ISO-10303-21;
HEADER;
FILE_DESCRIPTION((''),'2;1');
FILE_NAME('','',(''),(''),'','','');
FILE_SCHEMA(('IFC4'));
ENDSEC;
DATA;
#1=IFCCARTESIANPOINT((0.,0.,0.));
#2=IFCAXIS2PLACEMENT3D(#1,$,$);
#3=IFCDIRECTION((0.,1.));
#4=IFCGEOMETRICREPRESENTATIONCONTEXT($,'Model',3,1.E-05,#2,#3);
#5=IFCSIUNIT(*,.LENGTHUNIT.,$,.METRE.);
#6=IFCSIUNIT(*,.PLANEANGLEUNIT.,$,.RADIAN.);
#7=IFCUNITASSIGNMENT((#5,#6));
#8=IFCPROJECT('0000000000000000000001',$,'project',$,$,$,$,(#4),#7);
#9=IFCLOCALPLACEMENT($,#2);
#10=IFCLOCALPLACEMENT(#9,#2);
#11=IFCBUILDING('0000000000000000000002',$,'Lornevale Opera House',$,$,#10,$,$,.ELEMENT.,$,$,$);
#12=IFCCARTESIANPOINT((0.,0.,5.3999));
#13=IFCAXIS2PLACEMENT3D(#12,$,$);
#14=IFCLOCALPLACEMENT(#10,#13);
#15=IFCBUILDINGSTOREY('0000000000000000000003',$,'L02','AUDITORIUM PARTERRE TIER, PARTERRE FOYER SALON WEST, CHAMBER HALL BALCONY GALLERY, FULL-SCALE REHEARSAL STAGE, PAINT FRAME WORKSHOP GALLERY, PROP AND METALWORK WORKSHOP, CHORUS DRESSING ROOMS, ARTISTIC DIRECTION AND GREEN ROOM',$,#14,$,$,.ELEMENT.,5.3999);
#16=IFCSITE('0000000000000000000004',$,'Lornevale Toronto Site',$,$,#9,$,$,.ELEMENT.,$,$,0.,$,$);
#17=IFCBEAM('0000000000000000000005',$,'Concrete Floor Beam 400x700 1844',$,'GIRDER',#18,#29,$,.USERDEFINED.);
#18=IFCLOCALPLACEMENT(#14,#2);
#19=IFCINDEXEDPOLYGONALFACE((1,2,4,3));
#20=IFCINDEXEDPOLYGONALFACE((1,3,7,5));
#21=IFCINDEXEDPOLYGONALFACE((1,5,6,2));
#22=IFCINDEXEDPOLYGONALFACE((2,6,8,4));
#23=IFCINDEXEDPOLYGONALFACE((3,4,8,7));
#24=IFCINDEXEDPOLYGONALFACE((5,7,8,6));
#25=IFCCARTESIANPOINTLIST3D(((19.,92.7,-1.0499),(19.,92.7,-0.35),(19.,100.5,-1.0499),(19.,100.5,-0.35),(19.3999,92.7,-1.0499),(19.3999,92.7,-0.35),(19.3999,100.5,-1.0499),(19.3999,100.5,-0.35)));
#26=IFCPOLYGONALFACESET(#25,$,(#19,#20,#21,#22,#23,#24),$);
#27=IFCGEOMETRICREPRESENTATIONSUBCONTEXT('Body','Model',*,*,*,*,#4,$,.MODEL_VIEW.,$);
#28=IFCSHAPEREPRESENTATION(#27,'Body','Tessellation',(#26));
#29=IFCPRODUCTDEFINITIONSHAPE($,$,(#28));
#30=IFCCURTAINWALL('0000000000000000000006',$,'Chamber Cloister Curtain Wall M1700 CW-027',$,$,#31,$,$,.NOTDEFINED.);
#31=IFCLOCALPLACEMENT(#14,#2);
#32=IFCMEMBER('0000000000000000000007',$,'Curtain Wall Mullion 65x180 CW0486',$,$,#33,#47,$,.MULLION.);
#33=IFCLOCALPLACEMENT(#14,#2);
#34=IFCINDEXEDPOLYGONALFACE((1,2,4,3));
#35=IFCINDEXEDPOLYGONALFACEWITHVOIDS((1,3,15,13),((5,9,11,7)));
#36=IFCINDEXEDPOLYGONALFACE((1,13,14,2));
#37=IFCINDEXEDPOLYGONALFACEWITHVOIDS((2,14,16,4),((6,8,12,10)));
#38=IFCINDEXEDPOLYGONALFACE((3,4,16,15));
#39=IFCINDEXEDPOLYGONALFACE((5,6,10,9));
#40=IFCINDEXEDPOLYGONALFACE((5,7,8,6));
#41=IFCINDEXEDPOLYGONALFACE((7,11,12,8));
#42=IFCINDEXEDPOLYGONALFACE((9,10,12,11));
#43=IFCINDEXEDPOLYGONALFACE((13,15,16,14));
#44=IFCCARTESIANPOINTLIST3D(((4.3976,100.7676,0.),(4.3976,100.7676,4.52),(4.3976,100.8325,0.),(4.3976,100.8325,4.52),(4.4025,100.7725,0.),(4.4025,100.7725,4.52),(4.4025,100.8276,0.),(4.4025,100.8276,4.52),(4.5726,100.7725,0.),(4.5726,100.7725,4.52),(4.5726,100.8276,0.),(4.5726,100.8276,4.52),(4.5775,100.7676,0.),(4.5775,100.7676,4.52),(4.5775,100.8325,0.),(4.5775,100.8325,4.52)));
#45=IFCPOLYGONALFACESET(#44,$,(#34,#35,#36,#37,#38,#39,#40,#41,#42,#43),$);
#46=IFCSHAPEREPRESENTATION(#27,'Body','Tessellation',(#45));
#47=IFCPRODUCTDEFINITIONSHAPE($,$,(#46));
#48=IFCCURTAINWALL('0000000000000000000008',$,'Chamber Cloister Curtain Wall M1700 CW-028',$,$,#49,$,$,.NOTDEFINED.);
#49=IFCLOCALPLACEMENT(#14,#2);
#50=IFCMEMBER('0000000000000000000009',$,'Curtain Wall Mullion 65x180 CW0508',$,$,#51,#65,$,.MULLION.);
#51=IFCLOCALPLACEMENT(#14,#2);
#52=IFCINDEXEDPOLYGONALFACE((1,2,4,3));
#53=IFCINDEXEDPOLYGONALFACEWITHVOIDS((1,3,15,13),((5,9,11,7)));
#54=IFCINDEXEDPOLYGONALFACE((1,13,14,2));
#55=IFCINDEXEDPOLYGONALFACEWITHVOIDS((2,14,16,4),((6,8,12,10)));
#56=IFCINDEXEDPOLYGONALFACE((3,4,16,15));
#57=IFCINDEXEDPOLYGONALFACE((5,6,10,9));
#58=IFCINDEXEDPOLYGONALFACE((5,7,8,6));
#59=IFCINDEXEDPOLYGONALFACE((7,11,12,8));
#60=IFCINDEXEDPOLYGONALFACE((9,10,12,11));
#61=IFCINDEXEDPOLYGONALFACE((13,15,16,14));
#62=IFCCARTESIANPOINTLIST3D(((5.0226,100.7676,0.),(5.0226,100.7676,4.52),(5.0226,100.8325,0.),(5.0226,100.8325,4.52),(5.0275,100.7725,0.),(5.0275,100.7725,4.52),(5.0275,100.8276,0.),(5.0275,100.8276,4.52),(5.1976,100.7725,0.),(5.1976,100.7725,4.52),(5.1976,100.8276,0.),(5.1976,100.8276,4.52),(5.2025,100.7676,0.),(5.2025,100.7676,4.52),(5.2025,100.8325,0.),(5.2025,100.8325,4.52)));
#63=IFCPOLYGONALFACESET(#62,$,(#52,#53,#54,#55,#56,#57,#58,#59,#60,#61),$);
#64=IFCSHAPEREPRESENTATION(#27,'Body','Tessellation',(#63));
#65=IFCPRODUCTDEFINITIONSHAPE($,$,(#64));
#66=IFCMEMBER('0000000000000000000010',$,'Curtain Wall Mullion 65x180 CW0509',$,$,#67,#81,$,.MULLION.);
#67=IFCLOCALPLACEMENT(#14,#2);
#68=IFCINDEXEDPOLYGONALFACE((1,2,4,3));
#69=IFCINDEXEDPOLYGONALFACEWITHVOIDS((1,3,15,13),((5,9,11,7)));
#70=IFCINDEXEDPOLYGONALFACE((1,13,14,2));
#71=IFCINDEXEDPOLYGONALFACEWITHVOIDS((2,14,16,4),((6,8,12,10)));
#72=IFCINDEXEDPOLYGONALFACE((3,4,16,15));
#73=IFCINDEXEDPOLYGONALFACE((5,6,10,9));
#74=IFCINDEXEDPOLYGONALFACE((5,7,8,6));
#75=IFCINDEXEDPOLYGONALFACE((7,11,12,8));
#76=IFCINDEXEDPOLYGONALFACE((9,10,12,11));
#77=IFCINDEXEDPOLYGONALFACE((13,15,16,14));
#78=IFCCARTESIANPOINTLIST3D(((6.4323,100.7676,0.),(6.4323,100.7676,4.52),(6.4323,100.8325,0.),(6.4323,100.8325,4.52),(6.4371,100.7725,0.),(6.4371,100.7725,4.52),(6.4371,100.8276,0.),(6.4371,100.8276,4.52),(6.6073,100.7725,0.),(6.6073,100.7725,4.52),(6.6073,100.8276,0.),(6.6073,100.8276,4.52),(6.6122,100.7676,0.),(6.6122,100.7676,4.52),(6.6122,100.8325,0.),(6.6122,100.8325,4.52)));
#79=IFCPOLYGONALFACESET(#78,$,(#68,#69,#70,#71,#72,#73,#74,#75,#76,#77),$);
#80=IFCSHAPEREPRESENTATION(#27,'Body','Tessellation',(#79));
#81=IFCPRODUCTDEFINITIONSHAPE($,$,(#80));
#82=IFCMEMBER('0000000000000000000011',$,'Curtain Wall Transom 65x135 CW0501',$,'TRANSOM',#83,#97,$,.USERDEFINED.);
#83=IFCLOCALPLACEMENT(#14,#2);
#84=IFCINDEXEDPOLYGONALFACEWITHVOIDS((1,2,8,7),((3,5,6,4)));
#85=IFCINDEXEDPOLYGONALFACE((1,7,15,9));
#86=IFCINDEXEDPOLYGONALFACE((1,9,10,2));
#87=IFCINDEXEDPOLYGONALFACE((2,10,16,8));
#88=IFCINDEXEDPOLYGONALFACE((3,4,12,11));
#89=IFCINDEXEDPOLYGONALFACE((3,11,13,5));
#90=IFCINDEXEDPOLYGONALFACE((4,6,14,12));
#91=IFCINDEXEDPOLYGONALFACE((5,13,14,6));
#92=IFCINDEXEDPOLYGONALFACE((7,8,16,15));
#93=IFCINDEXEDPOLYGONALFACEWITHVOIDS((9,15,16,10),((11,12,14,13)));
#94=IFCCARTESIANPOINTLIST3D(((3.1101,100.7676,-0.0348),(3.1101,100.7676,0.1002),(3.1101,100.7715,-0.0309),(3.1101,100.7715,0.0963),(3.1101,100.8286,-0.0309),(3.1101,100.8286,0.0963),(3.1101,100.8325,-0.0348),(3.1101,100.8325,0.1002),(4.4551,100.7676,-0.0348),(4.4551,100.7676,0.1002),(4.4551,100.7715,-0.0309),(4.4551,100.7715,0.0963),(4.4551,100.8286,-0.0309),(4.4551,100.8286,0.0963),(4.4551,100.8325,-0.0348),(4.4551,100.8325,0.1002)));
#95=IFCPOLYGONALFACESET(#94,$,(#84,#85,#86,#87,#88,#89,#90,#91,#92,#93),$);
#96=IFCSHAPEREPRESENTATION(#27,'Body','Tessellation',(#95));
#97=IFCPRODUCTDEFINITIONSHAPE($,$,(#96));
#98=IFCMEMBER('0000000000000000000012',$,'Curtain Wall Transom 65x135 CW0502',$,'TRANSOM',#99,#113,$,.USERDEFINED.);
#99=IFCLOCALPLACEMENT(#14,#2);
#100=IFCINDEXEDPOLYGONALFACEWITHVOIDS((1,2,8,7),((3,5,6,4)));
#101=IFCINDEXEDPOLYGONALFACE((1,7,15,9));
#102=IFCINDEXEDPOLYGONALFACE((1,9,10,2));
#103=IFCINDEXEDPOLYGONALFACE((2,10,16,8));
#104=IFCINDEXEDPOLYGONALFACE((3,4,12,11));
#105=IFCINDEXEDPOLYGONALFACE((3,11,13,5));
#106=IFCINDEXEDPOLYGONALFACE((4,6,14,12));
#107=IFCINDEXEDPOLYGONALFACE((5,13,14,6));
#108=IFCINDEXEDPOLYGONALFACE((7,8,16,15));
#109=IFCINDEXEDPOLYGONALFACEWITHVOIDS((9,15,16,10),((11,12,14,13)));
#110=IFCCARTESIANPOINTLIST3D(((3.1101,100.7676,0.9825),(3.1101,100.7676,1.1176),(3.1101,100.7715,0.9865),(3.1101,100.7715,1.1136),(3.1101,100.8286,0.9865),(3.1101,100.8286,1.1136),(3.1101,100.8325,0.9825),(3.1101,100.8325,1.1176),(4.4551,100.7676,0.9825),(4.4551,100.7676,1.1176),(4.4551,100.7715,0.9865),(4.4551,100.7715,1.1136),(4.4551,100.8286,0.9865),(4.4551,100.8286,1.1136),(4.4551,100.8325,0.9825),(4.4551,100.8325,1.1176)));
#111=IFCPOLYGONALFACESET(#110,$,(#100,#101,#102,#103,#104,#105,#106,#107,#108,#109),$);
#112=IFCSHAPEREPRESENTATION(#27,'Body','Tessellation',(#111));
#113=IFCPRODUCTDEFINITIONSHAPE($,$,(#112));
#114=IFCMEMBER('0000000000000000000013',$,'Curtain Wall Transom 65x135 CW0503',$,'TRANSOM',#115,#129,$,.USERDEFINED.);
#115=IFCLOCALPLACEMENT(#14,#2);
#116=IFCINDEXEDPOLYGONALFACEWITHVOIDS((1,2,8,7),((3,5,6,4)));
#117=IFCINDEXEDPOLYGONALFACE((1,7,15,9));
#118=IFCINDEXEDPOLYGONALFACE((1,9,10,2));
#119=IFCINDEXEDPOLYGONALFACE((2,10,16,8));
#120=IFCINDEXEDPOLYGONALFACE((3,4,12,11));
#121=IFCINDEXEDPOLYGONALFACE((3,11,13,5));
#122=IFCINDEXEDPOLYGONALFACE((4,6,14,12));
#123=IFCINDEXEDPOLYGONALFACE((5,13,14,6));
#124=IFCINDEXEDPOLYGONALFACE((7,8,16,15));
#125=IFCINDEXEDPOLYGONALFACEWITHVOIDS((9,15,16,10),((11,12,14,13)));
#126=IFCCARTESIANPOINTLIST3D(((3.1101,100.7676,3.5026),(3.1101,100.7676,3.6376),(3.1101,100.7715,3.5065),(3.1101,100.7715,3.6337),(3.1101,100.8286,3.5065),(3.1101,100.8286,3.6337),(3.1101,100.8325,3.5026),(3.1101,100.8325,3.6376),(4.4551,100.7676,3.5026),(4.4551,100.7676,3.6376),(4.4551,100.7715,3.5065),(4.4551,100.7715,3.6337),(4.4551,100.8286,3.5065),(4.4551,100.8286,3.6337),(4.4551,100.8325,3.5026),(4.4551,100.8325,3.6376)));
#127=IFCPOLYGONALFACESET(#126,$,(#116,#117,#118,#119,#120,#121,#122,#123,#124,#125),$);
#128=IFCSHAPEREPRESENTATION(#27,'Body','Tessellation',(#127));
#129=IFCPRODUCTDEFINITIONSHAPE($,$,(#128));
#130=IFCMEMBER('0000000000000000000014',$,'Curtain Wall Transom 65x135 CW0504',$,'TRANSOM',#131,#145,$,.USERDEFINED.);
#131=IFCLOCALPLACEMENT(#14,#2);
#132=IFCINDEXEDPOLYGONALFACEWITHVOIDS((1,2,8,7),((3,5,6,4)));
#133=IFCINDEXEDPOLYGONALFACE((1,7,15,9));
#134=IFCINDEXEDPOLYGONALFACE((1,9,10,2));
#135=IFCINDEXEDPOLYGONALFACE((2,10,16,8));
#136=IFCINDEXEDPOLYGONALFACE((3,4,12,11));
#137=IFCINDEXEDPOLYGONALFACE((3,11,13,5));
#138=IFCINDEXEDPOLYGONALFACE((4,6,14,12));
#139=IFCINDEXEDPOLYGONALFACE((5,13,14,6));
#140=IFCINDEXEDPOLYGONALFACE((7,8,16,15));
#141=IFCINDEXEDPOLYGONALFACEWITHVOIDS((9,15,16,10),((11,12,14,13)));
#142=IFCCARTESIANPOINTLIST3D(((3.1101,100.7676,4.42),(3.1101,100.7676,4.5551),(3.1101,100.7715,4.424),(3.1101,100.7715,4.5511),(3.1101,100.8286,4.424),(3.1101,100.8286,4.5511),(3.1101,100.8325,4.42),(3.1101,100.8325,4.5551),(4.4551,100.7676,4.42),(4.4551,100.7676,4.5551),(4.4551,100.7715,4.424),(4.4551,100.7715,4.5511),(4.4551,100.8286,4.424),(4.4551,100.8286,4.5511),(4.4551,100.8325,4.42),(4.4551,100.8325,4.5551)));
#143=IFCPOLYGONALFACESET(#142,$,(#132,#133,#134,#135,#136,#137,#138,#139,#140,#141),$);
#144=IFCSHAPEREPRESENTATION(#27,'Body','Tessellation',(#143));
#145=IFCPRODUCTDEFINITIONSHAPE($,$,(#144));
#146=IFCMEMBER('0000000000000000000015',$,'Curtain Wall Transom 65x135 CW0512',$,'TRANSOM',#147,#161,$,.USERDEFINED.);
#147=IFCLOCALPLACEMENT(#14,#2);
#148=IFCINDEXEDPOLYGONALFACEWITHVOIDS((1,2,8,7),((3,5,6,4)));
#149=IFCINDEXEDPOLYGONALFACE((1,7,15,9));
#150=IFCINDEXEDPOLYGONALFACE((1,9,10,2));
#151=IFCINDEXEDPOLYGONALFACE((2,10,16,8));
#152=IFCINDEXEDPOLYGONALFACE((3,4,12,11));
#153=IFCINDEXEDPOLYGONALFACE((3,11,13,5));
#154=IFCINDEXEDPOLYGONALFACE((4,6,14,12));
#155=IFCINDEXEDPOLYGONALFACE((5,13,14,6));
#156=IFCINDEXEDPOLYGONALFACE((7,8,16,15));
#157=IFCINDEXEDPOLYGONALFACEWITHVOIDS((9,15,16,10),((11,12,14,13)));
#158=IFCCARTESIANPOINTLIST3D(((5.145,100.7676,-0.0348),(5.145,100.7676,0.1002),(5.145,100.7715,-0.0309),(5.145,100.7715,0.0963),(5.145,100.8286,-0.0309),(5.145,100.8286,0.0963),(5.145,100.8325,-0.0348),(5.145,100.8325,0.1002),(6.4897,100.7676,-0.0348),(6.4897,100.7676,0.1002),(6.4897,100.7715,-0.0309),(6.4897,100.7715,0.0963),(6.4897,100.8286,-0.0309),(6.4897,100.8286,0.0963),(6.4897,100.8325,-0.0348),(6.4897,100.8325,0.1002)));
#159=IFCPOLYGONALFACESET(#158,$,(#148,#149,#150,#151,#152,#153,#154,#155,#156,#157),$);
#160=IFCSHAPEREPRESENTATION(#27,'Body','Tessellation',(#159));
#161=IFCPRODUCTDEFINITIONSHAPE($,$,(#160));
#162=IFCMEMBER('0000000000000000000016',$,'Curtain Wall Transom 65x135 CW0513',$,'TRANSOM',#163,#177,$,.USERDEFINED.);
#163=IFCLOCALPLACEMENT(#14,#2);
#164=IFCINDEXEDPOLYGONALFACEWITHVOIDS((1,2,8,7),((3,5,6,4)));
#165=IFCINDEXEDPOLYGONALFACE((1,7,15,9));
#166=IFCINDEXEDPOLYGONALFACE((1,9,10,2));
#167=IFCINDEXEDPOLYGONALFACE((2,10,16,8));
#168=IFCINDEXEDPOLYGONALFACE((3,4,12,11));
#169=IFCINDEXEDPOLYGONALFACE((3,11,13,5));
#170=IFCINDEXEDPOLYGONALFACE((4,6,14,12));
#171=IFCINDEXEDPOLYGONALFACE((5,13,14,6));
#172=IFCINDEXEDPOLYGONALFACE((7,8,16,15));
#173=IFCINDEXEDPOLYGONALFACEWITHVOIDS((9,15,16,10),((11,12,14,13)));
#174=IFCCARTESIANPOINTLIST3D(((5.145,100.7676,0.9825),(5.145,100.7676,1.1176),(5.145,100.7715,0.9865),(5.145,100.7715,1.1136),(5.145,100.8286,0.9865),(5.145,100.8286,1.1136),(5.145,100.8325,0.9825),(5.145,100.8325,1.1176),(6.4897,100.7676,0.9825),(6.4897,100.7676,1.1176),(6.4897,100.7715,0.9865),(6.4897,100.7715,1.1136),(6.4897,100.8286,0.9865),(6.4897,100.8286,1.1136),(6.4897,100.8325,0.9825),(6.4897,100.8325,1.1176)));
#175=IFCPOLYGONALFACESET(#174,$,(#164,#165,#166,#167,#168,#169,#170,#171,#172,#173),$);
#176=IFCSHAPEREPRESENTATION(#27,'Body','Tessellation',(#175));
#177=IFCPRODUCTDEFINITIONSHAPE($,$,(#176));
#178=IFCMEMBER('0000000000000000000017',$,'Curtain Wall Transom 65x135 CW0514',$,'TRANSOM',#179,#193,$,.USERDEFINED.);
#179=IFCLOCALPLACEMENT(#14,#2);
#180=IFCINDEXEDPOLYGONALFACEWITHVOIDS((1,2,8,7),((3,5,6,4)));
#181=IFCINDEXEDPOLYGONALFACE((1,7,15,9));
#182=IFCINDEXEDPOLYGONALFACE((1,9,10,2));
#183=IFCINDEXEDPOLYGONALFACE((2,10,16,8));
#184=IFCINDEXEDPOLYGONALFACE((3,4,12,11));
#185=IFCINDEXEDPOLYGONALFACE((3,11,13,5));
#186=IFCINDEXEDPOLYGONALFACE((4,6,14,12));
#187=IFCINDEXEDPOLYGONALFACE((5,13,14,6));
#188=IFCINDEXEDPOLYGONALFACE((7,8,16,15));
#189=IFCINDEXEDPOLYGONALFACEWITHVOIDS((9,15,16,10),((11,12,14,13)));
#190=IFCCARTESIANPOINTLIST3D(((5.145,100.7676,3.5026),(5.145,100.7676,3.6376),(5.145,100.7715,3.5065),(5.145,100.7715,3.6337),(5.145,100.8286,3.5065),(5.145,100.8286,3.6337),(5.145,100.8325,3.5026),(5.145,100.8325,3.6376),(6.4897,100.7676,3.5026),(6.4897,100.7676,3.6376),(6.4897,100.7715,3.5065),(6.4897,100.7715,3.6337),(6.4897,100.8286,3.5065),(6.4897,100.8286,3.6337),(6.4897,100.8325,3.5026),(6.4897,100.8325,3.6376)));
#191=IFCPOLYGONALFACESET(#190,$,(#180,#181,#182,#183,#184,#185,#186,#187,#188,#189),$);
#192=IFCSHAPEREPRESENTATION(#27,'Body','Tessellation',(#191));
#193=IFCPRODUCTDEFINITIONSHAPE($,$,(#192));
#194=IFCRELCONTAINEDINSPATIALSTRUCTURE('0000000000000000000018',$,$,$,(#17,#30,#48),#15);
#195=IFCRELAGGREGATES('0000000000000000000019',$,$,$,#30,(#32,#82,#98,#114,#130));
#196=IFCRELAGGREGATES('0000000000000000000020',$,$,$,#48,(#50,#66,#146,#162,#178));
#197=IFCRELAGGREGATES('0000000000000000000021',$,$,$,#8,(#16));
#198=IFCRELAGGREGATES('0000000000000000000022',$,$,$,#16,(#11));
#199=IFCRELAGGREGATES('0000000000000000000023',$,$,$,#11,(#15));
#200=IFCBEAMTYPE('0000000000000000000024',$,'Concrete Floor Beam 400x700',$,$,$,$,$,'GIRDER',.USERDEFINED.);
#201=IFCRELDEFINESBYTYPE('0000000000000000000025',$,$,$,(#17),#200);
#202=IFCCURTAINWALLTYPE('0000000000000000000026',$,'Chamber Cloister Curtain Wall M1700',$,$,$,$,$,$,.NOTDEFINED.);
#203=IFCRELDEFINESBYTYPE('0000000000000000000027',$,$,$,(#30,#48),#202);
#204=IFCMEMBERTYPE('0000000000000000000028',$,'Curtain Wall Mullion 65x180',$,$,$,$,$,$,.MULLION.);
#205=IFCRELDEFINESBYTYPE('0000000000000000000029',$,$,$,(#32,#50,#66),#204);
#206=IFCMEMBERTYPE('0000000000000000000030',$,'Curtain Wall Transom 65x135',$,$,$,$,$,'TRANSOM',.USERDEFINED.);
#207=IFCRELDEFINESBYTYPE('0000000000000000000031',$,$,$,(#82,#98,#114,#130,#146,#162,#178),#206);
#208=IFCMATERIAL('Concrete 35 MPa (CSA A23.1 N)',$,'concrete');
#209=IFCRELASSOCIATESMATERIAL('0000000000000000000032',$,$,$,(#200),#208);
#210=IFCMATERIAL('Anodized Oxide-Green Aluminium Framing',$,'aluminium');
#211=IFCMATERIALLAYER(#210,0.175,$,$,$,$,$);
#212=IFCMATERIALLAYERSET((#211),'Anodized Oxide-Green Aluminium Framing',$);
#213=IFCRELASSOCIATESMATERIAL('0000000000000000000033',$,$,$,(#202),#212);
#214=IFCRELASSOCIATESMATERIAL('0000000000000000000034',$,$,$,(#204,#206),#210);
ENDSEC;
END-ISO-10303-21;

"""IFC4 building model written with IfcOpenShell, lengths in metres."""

from ifc_helpers import new_model, si_unit, direction, frame, origin, origin_2d, place, context, subcontext, project, spatial, rectangle, hollow_rectangle, extrude, material, layer, layer_set, material_profile, profile_set, type_object, element, aggregate, save


model = new_model("IFC4")

# Units and contexts
model_context = context("Model", 3, precision=1e-05, world=origin(), true_north=direction((0.0, 1.0)))
body_context = subcontext(model_context, "Body", "Model", "MODEL_VIEW")
ifc_project = project(units=[si_unit("LENGTHUNIT", "METRE"), si_unit("PLANEANGLEUNIT", "RADIAN")], contexts=[model_context])

# Site, building, storey
site_placement = place(None, origin())
site = spatial("IfcSite", under=ifc_project, at=site_placement, Name="Lornevale Toronto Site", CompositionType="ELEMENT", RefElevation=0.0)
building_placement = place(site_placement, origin())
building = spatial("IfcBuilding", under=site, at=building_placement, Name="Lornevale Opera House", CompositionType="ELEMENT")
storey_placement = place(building_placement, frame((0.0, 0.0, 5.3999)))
storey = spatial("IfcBuildingStorey", under=building, at=storey_placement, Name="L02", Description="AUDITORIUM PARTERRE TIER, PARTERRE FOYER SALON WEST, CHAMBER HALL BALCONY GALLERY, FULL-SCALE REHEARSAL STAGE, PAINT FRAME WORKSHOP GALLERY, PROP AND METALWORK WORKSHOP, CHORUS DRESSING ROOMS, ARTISTIC DIRECTION AND GREEN ROOM", CompositionType="ELEMENT", Elevation=5.3999)

# Beam
ifc_material_1 = material(Name="Concrete 35 MPa (CSA A23.1 N)", Category="concrete")
ifc_material_profile_1 = material_profile(ifc_material_1, rectangle(XDim=0.3999, YDim=0.7, at=origin_2d()), Name="RC400x700")
ifc_profile_set_1 = profile_set([ifc_material_profile_1], Name="Concrete 35 MPa (CSA A23.1 N)")
beam_type_1 = type_object("IfcBeamType", Name="Concrete Floor Beam 400x700", ElementType="GIRDER", PredefinedType="USERDEFINED", material=ifc_profile_set_1)
beam_1_placement = place(storey_placement, frame((19.2, 92.7, -0.7), z_axis=(0.0, 1.0, 0.0), x_axis=(-1.0, 0.0, 0.0)))
element("IfcBeam", 1, at=beam_1_placement, inside=storey, type_object=beam_type_1, Name="Concrete Floor Beam 400x700 1844", ObjectType="GIRDER", PredefinedType="USERDEFINED", context=body_context, shape_type="SweptSolid", body=[
    extrude(rectangle(XDim=0.3999, YDim=0.7, at=origin_2d()), origin(), (0.0, 0.0, 1.0), 7.8),
])

# Curtain wall, member
ifc_material_2 = material(Name="Anodized Oxide-Green Aluminium Framing", Category="aluminium")
ifc_layer_1 = layer(ifc_material_2, 0.175)
ifc_layer_set_1 = layer_set([ifc_layer_1], Name="Anodized Oxide-Green Aluminium Framing")
curtain_wall_type = type_object("IfcCurtainWallType", Name="Chamber Cloister Curtain Wall M1700", PredefinedType="NOTDEFINED", material=ifc_layer_set_1)
curtain_wall_1_placement = place(storey_placement, origin())
curtain_wall_1 = element("IfcCurtainWall", 2, at=curtain_wall_1_placement, inside=storey, type_object=curtain_wall_type, Name="Chamber Cloister Curtain Wall M1700 CW-027", PredefinedType="NOTDEFINED")
ifc_material_profile_2 = material_profile(ifc_material_2, hollow_rectangle(XDim=0.0649, YDim=0.1799, WallThickness=0.0049, at=origin_2d()), Name="ALU65x180x5")
ifc_profile_set_2 = profile_set([ifc_material_profile_2], Name="Anodized Oxide-Green Aluminium Framing")
member_type_1 = type_object("IfcMemberType", Name="Curtain Wall Mullion 65x180", PredefinedType="MULLION", material=ifc_profile_set_2)
member_1_placement = place(storey_placement, frame((4.4875, 100.8, 0.0), z_axis=(0.0, 0.0, 1.0), x_axis=(0.0, 1.0, 0.0)))
member_1 = element("IfcMember", 3, at=member_1_placement, type_object=member_type_1, Name="Curtain Wall Mullion 65x180 CW0486", PredefinedType="MULLION", context=body_context, shape_type="SweptSolid", body=[
    extrude(hollow_rectangle(XDim=0.0649, YDim=0.1799, WallThickness=0.0049, at=origin_2d()), origin(), (0.0, 0.0, 1.0), 4.52),
])

# Curtain wall, members
curtain_wall_2_placement = place(storey_placement, origin())
curtain_wall_2 = element("IfcCurtainWall", 4, at=curtain_wall_2_placement, inside=storey, type_object=curtain_wall_type, Name="Chamber Cloister Curtain Wall M1700 CW-028", PredefinedType="NOTDEFINED")
member_2_placement = place(storey_placement, frame((5.1125, 100.8, 0.0), z_axis=(0.0, 0.0, 1.0), x_axis=(0.0, 1.0, 0.0)))
member_2 = element("IfcMember", 5, at=member_2_placement, type_object=member_type_1, Name="Curtain Wall Mullion 65x180 CW0508", PredefinedType="MULLION", context=body_context, shape_type="SweptSolid", body=[
    extrude(hollow_rectangle(XDim=0.0649, YDim=0.1799, WallThickness=0.0049, at=origin_2d()), origin(), (0.0, 0.0, 1.0), 4.52),
])
member_3_placement = place(storey_placement, frame((6.5222, 100.8, 0.0), z_axis=(0.0, 0.0, 1.0), x_axis=(0.0, 1.0, 0.0)))
member_3 = element("IfcMember", 6, at=member_3_placement, type_object=member_type_1, Name="Curtain Wall Mullion 65x180 CW0509", PredefinedType="MULLION", context=body_context, shape_type="SweptSolid", body=[
    extrude(hollow_rectangle(XDim=0.0649, YDim=0.1799, WallThickness=0.0049, at=origin_2d()), origin(), (0.0, 0.0, 1.0), 4.52),
])

# Members
ifc_material_profile_3 = material_profile(ifc_material_2, hollow_rectangle(XDim=0.0649, YDim=0.135, WallThickness=0.0039, at=origin_2d()), Name="ALU65x135x4")
ifc_profile_set_3 = profile_set([ifc_material_profile_3], Name="Anodized Oxide-Green Aluminium Framing")
member_type_2 = type_object("IfcMemberType", Name="Curtain Wall Transom 65x135", ElementType="TRANSOM", PredefinedType="USERDEFINED", material=ifc_profile_set_3)
member_4_placement = place(storey_placement, frame((3.1101, 100.8, 0.0327), z_axis=(1.0, 0.0, 0.0), x_axis=(0.0, 1.0, 0.0)))
member_4 = element("IfcMember", 7, at=member_4_placement, type_object=member_type_2, Name="Curtain Wall Transom 65x135 CW0501", ObjectType="TRANSOM", PredefinedType="USERDEFINED", context=body_context, shape_type="SweptSolid", body=[
    extrude(hollow_rectangle(XDim=0.0649, YDim=0.135, WallThickness=0.0039, at=origin_2d()), origin(), (0.0, 0.0, 1.0), 1.345),
])
member_5_placement = place(storey_placement, frame((3.1101, 100.8, 1.05), z_axis=(1.0, 0.0, 0.0), x_axis=(0.0, 1.0, 0.0)))
member_5 = element("IfcMember", 8, at=member_5_placement, type_object=member_type_2, Name="Curtain Wall Transom 65x135 CW0502", ObjectType="TRANSOM", PredefinedType="USERDEFINED", context=body_context, shape_type="SweptSolid", body=[
    extrude(hollow_rectangle(XDim=0.0649, YDim=0.135, WallThickness=0.0039, at=origin_2d()), origin(), (0.0, 0.0, 1.0), 1.345),
])
member_6_placement = place(storey_placement, frame((3.1101, 100.8, 3.5701), z_axis=(1.0, 0.0, 0.0), x_axis=(0.0, 1.0, 0.0)))
member_6 = element("IfcMember", 9, at=member_6_placement, type_object=member_type_2, Name="Curtain Wall Transom 65x135 CW0503", ObjectType="TRANSOM", PredefinedType="USERDEFINED", context=body_context, shape_type="SweptSolid", body=[
    extrude(hollow_rectangle(XDim=0.0649, YDim=0.135, WallThickness=0.0039, at=origin_2d()), origin(), (0.0, 0.0, 1.0), 1.345),
])
member_7_placement = place(storey_placement, frame((3.1101, 100.8, 4.4875), z_axis=(1.0, 0.0, 0.0), x_axis=(0.0, 1.0, 0.0)))
member_7 = element("IfcMember", 10, at=member_7_placement, type_object=member_type_2, Name="Curtain Wall Transom 65x135 CW0504", ObjectType="TRANSOM", PredefinedType="USERDEFINED", context=body_context, shape_type="SweptSolid", body=[
    extrude(hollow_rectangle(XDim=0.0649, YDim=0.135, WallThickness=0.0039, at=origin_2d()), origin(), (0.0, 0.0, 1.0), 1.345),
])
member_8_placement = place(storey_placement, frame((5.145, 100.8, 0.0327), z_axis=(1.0, 0.0, 0.0), x_axis=(0.0, 1.0, 0.0)))
member_8 = element("IfcMember", 11, at=member_8_placement, type_object=member_type_2, Name="Curtain Wall Transom 65x135 CW0512", ObjectType="TRANSOM", PredefinedType="USERDEFINED", context=body_context, shape_type="SweptSolid", body=[
    extrude(hollow_rectangle(XDim=0.0649, YDim=0.135, WallThickness=0.0039, at=origin_2d()), origin(), (0.0, 0.0, 1.0), 1.3447),
])
member_9_placement = place(storey_placement, frame((5.145, 100.8, 1.05), z_axis=(1.0, 0.0, 0.0), x_axis=(0.0, 1.0, 0.0)))
member_9 = element("IfcMember", 12, at=member_9_placement, type_object=member_type_2, Name="Curtain Wall Transom 65x135 CW0513", ObjectType="TRANSOM", PredefinedType="USERDEFINED", context=body_context, shape_type="SweptSolid", body=[
    extrude(hollow_rectangle(XDim=0.0649, YDim=0.135, WallThickness=0.0039, at=origin_2d()), origin(), (0.0, 0.0, 1.0), 1.3447),
])
member_10_placement = place(storey_placement, frame((5.145, 100.8, 3.5701), z_axis=(1.0, 0.0, 0.0), x_axis=(0.0, 1.0, 0.0)))
member_10 = element("IfcMember", 13, at=member_10_placement, type_object=member_type_2, Name="Curtain Wall Transom 65x135 CW0514", ObjectType="TRANSOM", PredefinedType="USERDEFINED", context=body_context, shape_type="SweptSolid", body=[
    extrude(hollow_rectangle(XDim=0.0649, YDim=0.135, WallThickness=0.0039, at=origin_2d()), origin(), (0.0, 0.0, 1.0), 1.3447),
])

aggregate(curtain_wall_1, [member_1, member_4, member_5, member_6, member_7])
aggregate(curtain_wall_2, [member_2, member_3, member_8, member_9, member_10])

save(model, "model.ifc")
